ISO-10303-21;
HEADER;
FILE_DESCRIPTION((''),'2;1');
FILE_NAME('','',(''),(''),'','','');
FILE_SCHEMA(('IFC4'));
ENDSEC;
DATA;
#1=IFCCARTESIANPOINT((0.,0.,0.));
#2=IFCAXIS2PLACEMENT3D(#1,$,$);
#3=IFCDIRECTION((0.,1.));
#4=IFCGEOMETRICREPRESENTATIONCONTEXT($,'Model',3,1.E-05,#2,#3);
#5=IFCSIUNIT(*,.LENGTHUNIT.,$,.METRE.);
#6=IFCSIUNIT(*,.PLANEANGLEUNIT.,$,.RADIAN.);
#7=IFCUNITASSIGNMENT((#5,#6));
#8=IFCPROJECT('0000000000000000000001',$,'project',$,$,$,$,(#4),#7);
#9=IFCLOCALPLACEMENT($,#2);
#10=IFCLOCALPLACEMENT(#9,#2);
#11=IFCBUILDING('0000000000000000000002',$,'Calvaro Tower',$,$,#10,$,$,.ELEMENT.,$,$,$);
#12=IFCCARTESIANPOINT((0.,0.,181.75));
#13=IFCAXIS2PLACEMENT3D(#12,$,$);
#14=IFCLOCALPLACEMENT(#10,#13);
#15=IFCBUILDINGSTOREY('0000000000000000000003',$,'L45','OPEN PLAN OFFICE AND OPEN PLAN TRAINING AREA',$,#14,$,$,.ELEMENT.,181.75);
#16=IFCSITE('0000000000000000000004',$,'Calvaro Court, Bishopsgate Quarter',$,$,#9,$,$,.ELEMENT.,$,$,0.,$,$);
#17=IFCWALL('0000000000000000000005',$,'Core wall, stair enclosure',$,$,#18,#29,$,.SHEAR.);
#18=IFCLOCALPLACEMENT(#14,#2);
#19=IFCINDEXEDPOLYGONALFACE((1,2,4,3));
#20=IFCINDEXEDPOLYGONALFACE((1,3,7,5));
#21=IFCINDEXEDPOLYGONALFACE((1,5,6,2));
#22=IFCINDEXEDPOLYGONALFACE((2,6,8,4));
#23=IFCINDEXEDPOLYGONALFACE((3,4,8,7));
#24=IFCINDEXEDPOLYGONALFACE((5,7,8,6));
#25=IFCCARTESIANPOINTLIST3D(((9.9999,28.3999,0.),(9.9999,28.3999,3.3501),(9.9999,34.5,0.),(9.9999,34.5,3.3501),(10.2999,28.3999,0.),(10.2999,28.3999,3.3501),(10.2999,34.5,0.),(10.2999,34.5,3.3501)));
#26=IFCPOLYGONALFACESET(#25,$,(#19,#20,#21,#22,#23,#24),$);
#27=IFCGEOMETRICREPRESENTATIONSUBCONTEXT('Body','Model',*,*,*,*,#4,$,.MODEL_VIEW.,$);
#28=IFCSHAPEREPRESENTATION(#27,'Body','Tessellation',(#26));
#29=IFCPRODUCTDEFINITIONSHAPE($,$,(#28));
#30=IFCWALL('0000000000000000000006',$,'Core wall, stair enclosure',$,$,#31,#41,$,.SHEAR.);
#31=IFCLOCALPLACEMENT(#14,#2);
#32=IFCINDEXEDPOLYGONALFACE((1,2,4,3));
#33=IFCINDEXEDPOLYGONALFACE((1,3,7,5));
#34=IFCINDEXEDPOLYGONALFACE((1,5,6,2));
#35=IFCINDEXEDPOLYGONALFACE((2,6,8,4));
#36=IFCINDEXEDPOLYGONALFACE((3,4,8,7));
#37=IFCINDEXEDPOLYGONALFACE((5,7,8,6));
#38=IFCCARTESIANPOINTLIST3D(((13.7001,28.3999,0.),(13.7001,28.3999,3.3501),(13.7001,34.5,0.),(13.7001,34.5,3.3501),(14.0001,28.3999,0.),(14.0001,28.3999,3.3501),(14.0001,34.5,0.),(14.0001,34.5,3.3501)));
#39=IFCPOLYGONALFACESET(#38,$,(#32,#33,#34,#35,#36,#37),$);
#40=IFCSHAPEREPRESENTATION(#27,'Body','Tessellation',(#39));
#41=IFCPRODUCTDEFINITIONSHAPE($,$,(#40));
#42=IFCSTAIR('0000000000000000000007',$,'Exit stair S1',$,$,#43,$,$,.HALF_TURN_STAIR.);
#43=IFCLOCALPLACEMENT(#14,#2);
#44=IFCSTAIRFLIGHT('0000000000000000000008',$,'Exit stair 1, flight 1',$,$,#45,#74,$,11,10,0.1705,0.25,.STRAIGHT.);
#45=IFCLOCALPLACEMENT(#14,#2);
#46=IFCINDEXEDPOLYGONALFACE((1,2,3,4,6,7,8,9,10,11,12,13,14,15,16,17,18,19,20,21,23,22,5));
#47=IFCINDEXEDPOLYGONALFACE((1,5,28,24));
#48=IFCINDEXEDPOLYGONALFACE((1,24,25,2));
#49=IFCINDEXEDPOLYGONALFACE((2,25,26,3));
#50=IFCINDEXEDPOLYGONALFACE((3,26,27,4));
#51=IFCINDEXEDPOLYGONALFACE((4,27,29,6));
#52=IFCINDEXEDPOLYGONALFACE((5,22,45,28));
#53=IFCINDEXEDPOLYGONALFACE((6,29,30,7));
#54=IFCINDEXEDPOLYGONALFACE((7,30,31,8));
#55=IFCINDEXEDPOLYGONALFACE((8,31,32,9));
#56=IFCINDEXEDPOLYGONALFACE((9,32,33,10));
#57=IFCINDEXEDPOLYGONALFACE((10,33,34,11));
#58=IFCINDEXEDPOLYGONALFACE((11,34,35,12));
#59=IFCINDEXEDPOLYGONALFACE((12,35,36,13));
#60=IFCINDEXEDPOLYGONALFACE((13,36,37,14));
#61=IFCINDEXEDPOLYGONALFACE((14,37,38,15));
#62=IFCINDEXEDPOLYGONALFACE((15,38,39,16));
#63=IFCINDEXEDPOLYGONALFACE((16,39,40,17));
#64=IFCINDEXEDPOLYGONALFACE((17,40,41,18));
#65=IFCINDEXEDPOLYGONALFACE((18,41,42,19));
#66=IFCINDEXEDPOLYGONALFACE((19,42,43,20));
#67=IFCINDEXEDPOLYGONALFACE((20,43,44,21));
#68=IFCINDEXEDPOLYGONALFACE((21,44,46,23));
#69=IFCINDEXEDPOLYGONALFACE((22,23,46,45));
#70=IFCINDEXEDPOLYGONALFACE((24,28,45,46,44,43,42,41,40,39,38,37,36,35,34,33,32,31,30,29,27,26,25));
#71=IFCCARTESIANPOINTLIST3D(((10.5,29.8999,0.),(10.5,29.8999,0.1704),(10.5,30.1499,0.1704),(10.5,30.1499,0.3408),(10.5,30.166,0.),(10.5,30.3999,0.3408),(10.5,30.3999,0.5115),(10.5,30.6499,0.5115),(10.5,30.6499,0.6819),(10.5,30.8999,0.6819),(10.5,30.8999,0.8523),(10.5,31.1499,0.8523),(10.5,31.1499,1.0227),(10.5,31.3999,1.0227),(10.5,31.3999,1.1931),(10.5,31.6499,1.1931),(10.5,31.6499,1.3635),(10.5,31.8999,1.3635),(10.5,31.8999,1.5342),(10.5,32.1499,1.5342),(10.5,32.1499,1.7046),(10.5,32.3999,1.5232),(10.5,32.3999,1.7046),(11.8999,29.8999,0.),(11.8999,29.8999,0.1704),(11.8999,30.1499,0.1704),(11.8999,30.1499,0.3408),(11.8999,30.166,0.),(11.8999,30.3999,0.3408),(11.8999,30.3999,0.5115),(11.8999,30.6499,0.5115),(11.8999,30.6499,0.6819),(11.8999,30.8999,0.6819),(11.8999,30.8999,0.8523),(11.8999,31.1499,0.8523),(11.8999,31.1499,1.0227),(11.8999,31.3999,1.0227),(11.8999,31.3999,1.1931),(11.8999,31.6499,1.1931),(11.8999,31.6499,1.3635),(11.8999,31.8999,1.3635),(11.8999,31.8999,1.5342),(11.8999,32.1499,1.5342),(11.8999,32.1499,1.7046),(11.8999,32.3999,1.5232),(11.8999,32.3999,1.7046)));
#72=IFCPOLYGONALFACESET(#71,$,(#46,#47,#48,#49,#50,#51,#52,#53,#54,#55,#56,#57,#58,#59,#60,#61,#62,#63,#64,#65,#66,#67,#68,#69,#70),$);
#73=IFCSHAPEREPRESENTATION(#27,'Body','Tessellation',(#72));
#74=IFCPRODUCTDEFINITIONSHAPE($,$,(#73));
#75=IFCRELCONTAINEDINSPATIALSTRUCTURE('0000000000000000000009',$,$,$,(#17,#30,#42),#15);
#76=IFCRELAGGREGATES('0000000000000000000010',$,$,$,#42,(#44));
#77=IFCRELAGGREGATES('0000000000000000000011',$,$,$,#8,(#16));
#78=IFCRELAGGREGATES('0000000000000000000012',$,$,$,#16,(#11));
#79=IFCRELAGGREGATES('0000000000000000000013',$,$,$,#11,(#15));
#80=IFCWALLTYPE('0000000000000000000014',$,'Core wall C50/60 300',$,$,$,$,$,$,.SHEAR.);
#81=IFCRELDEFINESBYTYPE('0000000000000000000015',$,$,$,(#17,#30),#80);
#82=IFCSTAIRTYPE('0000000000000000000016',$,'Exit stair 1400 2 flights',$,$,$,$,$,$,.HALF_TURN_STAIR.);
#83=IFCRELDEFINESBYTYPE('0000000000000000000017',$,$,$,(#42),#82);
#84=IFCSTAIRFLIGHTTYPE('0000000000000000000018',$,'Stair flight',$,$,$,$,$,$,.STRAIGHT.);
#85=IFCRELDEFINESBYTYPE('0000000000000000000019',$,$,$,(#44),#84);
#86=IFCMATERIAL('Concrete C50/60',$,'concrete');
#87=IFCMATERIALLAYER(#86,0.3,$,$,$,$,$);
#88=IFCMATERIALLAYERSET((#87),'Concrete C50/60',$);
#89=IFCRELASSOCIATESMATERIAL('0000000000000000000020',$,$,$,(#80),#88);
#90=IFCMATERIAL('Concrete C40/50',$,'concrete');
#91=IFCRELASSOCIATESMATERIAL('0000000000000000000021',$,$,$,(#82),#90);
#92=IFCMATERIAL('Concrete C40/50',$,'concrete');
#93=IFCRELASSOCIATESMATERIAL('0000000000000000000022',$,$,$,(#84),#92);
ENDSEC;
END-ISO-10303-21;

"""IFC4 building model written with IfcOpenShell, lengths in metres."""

from ifc_helpers import new_model, si_unit, direction, frame, frame_2d, origin, place, context, subcontext, project, spatial, polyline, rectangle, outline, extrude, material, layer, layer_set, type_object, element, aggregate, save


model = new_model("IFC4")

# Units and contexts
model_context = context("Model", 3, precision=1e-05, world=origin(), true_north=direction((0.0, 1.0)))
body_context = subcontext(model_context, "Body", "Model", "MODEL_VIEW")
ifc_project = project(units=[si_unit("LENGTHUNIT", "METRE"), si_unit("PLANEANGLEUNIT", "RADIAN")], contexts=[model_context])

# Site, building, storey
site_placement = place(None, origin())
site = spatial("IfcSite", under=ifc_project, at=site_placement, Name="Calvaro Court, Bishopsgate Quarter", CompositionType="ELEMENT", RefElevation=0.0)
building_placement = place(site_placement, origin())
building = spatial("IfcBuilding", under=site, at=building_placement, Name="Calvaro Tower", CompositionType="ELEMENT")
storey_placement = place(building_placement, frame((0.0, 0.0, 181.75)))
storey = spatial("IfcBuildingStorey", under=building, at=storey_placement, Name="L45", Description="OPEN PLAN OFFICE AND OPEN PLAN TRAINING AREA", CompositionType="ELEMENT", Elevation=181.75)

# Walls
ifc_material_1 = material(Name="Concrete C50/60", Category="concrete")
ifc_layer = layer(ifc_material_1, 0.3)
ifc_layer_set = layer_set([ifc_layer], Name="Concrete C50/60")
wall_type = type_object("IfcWallType", Name="Core wall C50/60 300", PredefinedType="SHEAR", material=ifc_layer_set)
for number, where, z_axis, x_axis, name in (
    (1, (10.1499, 28.3999, 0.0), (0.0, 0.0, 1.0), (0.0, 1.0, 0.0), "Core wall, stair enclosure"),
    (2, (13.8501, 28.3999, 0.0), (0.0, 0.0, 1.0), (0.0, 1.0, 0.0), "Core wall, stair enclosure"),
):
    element("IfcWall", number, at=place(storey_placement, frame(where, z_axis=z_axis, x_axis=x_axis)), inside=storey, type_object=wall_type, Name=name, PredefinedType="SHEAR", context=body_context, shape_type="SweptSolid", body=[
        extrude(rectangle(XDim=6.1001, YDim=0.3, at=frame_2d((3.05, 0.0))), origin(), (0.0, 0.0, 1.0), 3.3501),
    ])

# Stair, stair flight
ifc_material_2 = material(Name="Concrete C40/50", Category="concrete")
stair_type = type_object("IfcStairType", Name="Exit stair 1400 2 flights", PredefinedType="HALF_TURN_STAIR", material=ifc_material_2)
stair_placement = place(storey_placement, origin())
stair = element("IfcStair", 3, at=stair_placement, inside=storey, type_object=stair_type, Name="Exit stair S1", PredefinedType="HALF_TURN_STAIR")
ifc_material_3 = material(Name="Concrete C40/50", Category="concrete")
stair_flight_type = type_object("IfcStairFlightType", Name="Stair flight", PredefinedType="STRAIGHT", material=ifc_material_3)
stair_flight_placement = place(storey_placement, frame((11.2, 29.8999, 0.0), z_axis=(0.0, 0.0, 1.0), x_axis=(0.0, 1.0, 0.0)))
stair_flight = element("IfcStairFlight", 4, at=stair_flight_placement, type_object=stair_flight_type, Name="Exit stair 1, flight 1", NumberOfRisers=11, NumberOfTreads=10, PredefinedType="STRAIGHT", RiserHeight=0.1705, TreadLength=0.25, context=body_context, shape_type="SweptSolid", body=[
    extrude(outline(polyline([(0.0, 0.0), (0.0, 0.1704), (0.25, 0.1704), (0.25, 0.3408), (0.5, 0.3408), (0.5, 0.5115), (0.75, 0.5115), (0.75, 0.6819), (1.0, 0.6819), (1.0, 0.8523), (1.25, 0.8523), (1.25, 1.0227), (1.5, 1.0227), (1.5, 1.1931), (1.75, 1.1931), (1.75, 1.3635), (2.0, 1.3635), (2.0, 1.5342), (2.25, 1.5342), (2.25, 1.7046), (2.5, 1.7046), (2.5, 1.875), (2.5, 1.5232), (0.2661, 0.0), (0.0, 0.0)])), frame((0.0, 0.7, 0.0), z_axis=(0.0, -1.0, 0.0), x_axis=(1.0, 0.0, 0.0)), (0.0, 0.0, 1.0), 1.3999),
])
aggregate(stair, [stair_flight])

save(model, "model.ifc")
